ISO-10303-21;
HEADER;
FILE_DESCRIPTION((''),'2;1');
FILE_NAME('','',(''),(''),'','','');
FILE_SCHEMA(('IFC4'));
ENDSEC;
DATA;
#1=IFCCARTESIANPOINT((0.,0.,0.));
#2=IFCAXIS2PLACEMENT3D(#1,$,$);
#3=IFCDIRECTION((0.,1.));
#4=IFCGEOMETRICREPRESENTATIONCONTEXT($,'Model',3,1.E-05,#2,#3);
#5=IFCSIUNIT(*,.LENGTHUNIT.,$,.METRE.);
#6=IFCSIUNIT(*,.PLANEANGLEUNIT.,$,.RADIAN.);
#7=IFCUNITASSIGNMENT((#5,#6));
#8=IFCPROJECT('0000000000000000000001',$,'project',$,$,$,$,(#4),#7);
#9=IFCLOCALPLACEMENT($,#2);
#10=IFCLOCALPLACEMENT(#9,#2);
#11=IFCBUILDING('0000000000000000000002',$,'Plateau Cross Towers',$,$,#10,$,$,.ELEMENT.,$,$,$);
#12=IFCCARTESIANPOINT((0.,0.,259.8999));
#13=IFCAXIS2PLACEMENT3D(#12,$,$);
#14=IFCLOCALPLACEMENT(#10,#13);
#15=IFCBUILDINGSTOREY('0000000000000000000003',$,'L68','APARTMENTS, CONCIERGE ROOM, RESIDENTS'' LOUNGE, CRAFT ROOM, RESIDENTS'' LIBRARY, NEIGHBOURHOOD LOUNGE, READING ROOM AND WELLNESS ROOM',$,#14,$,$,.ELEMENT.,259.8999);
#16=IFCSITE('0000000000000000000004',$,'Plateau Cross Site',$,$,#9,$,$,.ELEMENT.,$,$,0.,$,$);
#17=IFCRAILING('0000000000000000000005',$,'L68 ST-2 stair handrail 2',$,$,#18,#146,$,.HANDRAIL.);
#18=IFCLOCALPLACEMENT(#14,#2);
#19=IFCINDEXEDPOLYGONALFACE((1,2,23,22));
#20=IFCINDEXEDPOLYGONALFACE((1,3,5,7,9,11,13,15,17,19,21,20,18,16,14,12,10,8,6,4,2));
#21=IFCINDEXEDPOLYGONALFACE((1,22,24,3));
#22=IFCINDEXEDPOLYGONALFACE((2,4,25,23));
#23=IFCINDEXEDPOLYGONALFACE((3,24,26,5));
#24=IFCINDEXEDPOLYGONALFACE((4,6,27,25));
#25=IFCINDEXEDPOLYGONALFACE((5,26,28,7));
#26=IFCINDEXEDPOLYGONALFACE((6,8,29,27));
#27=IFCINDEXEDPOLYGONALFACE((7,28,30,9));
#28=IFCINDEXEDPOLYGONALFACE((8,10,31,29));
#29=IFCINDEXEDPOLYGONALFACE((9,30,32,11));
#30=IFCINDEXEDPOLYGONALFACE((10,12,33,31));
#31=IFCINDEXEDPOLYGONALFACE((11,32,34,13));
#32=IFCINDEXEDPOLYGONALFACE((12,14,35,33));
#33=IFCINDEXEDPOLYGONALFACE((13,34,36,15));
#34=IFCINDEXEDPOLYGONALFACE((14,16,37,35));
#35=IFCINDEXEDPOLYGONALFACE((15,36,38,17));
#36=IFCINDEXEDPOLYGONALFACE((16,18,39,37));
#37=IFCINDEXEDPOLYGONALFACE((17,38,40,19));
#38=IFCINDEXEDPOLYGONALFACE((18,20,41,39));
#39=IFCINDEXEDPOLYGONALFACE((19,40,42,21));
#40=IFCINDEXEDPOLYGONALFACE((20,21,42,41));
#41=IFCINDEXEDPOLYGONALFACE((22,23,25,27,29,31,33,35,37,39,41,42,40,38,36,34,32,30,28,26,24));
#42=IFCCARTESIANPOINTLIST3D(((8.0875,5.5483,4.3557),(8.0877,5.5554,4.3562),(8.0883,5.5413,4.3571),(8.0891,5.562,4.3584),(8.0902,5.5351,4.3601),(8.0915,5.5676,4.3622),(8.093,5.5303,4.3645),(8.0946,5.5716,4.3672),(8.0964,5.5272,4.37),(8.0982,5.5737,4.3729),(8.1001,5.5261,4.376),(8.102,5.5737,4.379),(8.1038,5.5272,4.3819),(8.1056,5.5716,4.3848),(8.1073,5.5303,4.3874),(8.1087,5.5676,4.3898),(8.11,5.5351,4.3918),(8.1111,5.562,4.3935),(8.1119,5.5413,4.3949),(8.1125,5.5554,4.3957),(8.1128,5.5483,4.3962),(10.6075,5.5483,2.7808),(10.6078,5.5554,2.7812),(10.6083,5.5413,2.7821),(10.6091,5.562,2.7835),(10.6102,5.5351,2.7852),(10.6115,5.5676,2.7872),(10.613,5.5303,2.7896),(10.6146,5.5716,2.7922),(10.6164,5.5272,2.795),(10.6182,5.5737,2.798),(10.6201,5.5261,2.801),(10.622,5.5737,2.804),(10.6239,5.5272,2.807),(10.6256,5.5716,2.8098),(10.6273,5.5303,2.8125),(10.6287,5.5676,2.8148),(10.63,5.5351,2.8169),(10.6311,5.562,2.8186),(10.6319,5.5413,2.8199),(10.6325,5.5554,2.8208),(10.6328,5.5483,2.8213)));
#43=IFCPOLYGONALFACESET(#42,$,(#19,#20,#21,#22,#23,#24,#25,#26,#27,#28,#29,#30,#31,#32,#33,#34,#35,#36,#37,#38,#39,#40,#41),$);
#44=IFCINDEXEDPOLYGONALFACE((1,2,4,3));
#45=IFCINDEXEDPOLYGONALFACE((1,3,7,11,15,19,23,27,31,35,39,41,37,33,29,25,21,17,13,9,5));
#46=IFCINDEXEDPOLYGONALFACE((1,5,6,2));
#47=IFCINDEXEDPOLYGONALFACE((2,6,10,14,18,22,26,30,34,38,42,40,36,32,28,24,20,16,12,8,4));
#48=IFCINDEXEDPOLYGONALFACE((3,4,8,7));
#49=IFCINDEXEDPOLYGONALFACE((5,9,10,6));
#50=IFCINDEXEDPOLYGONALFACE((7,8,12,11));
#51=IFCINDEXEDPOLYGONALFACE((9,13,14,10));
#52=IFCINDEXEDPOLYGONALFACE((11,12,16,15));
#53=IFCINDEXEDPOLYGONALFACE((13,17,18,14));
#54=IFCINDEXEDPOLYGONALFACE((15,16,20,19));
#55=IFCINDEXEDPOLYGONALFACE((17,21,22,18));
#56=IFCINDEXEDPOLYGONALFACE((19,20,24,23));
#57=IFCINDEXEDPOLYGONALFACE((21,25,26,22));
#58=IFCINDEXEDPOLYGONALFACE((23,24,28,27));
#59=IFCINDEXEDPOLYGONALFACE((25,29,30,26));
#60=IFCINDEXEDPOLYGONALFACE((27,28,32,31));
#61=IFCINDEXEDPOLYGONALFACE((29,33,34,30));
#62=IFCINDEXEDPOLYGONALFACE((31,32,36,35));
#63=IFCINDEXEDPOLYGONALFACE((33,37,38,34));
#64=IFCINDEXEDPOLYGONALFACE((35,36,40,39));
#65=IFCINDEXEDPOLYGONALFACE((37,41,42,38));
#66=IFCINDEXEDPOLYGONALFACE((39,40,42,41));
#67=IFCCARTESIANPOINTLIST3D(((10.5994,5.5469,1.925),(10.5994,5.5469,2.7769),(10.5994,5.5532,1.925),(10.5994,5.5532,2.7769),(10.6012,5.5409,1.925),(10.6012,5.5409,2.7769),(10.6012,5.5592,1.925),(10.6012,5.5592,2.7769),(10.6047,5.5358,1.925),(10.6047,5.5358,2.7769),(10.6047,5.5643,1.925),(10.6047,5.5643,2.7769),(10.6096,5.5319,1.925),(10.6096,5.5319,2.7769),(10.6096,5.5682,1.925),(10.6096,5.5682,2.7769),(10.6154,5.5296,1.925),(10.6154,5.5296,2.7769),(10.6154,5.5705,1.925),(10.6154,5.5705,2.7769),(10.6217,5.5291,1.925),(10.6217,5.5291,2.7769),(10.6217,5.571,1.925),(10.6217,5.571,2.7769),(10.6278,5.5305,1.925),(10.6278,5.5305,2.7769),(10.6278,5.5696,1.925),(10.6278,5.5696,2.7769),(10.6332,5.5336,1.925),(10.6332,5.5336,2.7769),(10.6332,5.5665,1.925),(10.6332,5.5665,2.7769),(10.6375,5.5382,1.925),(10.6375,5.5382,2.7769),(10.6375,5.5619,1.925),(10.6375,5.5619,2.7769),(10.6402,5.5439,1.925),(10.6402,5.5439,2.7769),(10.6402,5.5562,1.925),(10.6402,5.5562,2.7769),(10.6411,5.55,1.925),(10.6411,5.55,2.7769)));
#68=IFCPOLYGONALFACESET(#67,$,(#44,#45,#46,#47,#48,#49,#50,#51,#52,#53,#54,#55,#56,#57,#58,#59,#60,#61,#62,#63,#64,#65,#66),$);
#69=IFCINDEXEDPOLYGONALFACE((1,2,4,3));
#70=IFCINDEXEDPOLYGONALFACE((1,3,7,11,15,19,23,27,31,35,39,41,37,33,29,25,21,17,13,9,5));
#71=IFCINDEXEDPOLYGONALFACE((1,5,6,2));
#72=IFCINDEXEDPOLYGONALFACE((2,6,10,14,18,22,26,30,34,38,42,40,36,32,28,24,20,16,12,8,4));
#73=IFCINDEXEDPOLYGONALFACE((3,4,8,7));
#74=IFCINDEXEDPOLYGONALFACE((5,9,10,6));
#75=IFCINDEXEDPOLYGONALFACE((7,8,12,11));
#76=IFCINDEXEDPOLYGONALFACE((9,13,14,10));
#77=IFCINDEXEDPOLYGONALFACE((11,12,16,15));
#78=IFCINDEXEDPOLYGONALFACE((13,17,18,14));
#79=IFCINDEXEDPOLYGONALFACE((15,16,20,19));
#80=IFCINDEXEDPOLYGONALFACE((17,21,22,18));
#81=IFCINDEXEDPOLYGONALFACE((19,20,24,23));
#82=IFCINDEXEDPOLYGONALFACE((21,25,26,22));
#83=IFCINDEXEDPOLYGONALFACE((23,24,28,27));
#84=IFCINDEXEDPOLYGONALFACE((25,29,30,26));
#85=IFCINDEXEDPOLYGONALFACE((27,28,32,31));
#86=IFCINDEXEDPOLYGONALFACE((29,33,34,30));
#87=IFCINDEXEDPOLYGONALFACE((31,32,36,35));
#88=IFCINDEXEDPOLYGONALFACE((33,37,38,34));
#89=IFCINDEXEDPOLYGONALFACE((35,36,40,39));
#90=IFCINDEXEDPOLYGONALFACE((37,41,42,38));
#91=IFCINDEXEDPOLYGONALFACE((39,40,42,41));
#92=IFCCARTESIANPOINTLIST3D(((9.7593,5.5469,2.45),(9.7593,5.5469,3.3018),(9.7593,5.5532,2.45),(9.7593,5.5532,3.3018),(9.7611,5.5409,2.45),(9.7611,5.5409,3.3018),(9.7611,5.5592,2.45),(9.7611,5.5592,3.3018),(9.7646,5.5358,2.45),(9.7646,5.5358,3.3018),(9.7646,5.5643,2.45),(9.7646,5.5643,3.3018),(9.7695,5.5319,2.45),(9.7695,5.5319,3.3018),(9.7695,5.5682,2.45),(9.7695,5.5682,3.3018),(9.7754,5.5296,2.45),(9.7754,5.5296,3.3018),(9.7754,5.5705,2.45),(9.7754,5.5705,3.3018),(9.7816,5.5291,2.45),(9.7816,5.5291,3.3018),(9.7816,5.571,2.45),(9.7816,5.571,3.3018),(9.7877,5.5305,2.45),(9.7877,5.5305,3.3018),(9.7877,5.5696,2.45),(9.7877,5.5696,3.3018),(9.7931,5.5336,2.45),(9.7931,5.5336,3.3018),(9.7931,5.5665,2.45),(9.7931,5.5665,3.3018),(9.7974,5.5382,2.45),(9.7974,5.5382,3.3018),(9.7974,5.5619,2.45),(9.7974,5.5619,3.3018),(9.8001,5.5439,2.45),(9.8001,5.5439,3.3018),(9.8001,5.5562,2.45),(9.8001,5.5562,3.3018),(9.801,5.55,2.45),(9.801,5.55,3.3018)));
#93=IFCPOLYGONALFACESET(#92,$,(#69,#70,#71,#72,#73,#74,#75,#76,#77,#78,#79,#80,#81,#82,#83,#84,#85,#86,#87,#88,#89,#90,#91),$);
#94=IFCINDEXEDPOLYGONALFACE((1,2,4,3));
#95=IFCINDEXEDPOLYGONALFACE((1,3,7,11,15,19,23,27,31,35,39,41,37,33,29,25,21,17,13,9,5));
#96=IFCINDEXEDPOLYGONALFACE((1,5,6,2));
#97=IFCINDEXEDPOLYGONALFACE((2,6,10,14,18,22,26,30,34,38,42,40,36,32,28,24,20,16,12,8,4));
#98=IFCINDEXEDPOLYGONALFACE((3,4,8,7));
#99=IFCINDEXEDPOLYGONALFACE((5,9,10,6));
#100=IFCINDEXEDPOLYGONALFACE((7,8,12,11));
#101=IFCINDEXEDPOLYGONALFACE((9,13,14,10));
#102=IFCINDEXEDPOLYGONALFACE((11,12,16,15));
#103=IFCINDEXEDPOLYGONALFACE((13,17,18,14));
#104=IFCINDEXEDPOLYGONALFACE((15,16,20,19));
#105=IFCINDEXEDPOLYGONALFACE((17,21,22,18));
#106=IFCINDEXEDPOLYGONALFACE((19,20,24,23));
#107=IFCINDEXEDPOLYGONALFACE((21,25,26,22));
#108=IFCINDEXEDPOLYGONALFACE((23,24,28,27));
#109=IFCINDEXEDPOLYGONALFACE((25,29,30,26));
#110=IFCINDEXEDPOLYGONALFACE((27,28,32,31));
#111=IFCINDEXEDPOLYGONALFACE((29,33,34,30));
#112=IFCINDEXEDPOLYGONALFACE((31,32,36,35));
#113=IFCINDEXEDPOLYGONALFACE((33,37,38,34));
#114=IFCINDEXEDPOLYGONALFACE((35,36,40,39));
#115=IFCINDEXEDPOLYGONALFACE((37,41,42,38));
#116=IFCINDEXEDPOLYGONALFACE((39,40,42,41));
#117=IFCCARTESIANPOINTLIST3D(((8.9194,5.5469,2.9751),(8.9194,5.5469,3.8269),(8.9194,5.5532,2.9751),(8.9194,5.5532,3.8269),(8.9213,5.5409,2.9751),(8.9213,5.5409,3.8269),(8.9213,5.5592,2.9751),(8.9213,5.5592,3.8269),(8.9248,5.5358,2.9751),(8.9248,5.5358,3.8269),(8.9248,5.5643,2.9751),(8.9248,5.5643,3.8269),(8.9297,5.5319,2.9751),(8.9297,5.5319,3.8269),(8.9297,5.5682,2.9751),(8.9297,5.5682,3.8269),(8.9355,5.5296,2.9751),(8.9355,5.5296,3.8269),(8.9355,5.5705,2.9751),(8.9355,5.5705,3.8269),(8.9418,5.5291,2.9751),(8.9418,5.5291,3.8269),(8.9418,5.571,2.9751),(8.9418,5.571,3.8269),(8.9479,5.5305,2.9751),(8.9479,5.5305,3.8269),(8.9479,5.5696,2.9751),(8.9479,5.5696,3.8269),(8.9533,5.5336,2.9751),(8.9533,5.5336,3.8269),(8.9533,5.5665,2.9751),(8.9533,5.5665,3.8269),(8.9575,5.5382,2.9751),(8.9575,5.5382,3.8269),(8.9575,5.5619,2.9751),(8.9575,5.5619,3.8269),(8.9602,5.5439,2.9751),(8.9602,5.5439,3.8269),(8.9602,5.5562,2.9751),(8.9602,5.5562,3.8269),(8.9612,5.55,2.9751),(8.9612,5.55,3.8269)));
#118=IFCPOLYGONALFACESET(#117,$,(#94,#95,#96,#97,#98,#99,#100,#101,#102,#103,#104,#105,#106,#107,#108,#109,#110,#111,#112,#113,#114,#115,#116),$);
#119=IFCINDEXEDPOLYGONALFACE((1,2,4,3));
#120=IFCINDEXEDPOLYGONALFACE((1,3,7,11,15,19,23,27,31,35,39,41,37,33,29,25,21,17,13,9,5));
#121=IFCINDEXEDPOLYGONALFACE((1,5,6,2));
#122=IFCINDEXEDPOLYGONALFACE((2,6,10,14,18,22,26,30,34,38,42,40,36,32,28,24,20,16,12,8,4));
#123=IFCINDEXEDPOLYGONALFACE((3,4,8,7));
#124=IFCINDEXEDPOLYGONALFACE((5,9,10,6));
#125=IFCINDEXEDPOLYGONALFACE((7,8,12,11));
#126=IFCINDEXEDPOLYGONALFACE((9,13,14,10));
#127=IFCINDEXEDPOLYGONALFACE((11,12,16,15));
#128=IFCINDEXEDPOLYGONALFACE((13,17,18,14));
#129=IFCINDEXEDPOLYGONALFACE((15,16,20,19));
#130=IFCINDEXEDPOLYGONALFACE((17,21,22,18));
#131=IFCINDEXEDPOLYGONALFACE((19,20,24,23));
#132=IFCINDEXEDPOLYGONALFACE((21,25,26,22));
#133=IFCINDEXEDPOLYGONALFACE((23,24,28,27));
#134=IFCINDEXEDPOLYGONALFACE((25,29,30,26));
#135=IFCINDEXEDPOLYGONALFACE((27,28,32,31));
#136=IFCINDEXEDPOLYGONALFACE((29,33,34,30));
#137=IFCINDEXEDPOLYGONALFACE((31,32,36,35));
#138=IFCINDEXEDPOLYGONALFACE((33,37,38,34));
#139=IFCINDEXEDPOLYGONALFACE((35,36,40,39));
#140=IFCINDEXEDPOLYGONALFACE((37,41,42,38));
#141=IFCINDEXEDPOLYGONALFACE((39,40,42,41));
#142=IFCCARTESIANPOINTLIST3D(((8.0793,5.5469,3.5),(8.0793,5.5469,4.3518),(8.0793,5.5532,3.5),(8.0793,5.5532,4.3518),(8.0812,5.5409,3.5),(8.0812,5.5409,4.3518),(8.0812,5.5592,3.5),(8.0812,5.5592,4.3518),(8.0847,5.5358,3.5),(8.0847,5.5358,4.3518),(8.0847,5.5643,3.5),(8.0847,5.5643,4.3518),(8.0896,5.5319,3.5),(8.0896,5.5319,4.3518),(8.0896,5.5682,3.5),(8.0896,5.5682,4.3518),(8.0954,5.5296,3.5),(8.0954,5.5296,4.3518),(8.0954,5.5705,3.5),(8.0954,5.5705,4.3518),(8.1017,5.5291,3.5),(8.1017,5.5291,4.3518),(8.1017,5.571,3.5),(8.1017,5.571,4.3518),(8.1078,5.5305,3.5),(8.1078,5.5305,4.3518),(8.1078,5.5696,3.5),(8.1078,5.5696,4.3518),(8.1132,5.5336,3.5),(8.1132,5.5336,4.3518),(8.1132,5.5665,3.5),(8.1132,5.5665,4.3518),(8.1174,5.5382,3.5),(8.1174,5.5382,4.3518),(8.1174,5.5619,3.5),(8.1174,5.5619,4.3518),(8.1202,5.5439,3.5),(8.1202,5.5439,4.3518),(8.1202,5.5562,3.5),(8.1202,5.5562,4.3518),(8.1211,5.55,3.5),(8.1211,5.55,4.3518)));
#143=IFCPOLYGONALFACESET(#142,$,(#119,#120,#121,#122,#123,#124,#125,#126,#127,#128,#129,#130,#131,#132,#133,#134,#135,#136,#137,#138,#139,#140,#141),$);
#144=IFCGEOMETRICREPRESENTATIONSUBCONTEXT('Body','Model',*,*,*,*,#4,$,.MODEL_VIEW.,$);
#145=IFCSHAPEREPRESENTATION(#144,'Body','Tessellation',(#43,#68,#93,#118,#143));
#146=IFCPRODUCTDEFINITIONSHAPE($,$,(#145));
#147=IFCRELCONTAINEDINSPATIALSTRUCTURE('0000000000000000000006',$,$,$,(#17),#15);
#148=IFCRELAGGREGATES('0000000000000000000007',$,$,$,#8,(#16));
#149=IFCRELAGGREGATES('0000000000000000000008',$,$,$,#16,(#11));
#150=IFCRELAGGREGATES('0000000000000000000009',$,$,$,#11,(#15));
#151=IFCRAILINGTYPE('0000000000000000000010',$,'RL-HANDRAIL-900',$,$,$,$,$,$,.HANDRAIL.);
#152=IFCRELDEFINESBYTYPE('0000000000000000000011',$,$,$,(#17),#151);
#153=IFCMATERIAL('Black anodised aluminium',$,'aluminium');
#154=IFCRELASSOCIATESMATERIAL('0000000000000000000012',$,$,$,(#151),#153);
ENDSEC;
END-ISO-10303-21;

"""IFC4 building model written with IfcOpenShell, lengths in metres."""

from ifc_helpers import new_model, si_unit, direction, frame, origin, origin_2d, place, context, subcontext, project, spatial, circle, extrude, material, type_object, element, save


model = new_model("IFC4")

# Units and contexts
model_context = context("Model", 3, precision=1e-05, world=origin(), true_north=direction((0.0, 1.0)))
body_context = subcontext(model_context, "Body", "Model", "MODEL_VIEW")
ifc_project = project(units=[si_unit("LENGTHUNIT", "METRE"), si_unit("PLANEANGLEUNIT", "RADIAN")], contexts=[model_context])

# Site, building, storey
site_placement = place(None, origin())
site = spatial("IfcSite", under=ifc_project, at=site_placement, Name="Plateau Cross Site", CompositionType="ELEMENT", RefElevation=0.0)
building_placement = place(site_placement, origin())
building = spatial("IfcBuilding", under=site, at=building_placement, Name="Plateau Cross Towers", CompositionType="ELEMENT")
storey_placement = place(building_placement, frame((0.0, 0.0, 259.8999)))
storey = spatial("IfcBuildingStorey", under=building, at=storey_placement, Name="L68", Description="APARTMENTS, CONCIERGE ROOM, RESIDENTS' LOUNGE, CRAFT ROOM, RESIDENTS' LIBRARY, NEIGHBOURHOOD LOUNGE, READING ROOM AND WELLNESS ROOM", CompositionType="ELEMENT", Elevation=259.8999)

# Shared definitions
ifc_material_1 = material(Name="Black anodised aluminium", Category="aluminium")

# Railing
railing_type = type_object("IfcRailingType", Name="RL-HANDRAIL-900", PredefinedType="HANDRAIL", material=ifc_material_1)
railing_placement = place(storey_placement, frame((10.6201, 5.55, 1.925)))
element("IfcRailing", 1, at=railing_placement, inside=storey, type_object=railing_type, Name="L68 ST-2 stair handrail 2", PredefinedType="HANDRAIL", context=body_context, shape_type="SweptSolid", body=[
    extrude(circle(Radius=0.0239, at=origin_2d()), frame((0.0, 0.0, 0.876), z_axis=(-0.848008, 0.0, 0.529984), x_axis=(0.0, -1.0, 0.0)), (0.0, 0.0, 1.0), 2.9717),
    extrude(circle(Radius=0.021, at=origin_2d()), origin(), (0.0, 0.0, 1.0), 0.8518),
    extrude(circle(Radius=0.021, at=origin_2d()), frame((-0.8401, 0.0, 0.5249)), (0.0, 0.0, 1.0), 0.8518),
    extrude(circle(Radius=0.021, at=origin_2d()), frame((-1.6799, 0.0, 1.05)), (0.0, 0.0, 1.0), 0.8518),
    extrude(circle(Radius=0.021, at=origin_2d()), frame((-2.52, 0.0, 1.575)), (0.0, 0.0, 1.0), 0.8518),
])

save(model, "model.ifc")
